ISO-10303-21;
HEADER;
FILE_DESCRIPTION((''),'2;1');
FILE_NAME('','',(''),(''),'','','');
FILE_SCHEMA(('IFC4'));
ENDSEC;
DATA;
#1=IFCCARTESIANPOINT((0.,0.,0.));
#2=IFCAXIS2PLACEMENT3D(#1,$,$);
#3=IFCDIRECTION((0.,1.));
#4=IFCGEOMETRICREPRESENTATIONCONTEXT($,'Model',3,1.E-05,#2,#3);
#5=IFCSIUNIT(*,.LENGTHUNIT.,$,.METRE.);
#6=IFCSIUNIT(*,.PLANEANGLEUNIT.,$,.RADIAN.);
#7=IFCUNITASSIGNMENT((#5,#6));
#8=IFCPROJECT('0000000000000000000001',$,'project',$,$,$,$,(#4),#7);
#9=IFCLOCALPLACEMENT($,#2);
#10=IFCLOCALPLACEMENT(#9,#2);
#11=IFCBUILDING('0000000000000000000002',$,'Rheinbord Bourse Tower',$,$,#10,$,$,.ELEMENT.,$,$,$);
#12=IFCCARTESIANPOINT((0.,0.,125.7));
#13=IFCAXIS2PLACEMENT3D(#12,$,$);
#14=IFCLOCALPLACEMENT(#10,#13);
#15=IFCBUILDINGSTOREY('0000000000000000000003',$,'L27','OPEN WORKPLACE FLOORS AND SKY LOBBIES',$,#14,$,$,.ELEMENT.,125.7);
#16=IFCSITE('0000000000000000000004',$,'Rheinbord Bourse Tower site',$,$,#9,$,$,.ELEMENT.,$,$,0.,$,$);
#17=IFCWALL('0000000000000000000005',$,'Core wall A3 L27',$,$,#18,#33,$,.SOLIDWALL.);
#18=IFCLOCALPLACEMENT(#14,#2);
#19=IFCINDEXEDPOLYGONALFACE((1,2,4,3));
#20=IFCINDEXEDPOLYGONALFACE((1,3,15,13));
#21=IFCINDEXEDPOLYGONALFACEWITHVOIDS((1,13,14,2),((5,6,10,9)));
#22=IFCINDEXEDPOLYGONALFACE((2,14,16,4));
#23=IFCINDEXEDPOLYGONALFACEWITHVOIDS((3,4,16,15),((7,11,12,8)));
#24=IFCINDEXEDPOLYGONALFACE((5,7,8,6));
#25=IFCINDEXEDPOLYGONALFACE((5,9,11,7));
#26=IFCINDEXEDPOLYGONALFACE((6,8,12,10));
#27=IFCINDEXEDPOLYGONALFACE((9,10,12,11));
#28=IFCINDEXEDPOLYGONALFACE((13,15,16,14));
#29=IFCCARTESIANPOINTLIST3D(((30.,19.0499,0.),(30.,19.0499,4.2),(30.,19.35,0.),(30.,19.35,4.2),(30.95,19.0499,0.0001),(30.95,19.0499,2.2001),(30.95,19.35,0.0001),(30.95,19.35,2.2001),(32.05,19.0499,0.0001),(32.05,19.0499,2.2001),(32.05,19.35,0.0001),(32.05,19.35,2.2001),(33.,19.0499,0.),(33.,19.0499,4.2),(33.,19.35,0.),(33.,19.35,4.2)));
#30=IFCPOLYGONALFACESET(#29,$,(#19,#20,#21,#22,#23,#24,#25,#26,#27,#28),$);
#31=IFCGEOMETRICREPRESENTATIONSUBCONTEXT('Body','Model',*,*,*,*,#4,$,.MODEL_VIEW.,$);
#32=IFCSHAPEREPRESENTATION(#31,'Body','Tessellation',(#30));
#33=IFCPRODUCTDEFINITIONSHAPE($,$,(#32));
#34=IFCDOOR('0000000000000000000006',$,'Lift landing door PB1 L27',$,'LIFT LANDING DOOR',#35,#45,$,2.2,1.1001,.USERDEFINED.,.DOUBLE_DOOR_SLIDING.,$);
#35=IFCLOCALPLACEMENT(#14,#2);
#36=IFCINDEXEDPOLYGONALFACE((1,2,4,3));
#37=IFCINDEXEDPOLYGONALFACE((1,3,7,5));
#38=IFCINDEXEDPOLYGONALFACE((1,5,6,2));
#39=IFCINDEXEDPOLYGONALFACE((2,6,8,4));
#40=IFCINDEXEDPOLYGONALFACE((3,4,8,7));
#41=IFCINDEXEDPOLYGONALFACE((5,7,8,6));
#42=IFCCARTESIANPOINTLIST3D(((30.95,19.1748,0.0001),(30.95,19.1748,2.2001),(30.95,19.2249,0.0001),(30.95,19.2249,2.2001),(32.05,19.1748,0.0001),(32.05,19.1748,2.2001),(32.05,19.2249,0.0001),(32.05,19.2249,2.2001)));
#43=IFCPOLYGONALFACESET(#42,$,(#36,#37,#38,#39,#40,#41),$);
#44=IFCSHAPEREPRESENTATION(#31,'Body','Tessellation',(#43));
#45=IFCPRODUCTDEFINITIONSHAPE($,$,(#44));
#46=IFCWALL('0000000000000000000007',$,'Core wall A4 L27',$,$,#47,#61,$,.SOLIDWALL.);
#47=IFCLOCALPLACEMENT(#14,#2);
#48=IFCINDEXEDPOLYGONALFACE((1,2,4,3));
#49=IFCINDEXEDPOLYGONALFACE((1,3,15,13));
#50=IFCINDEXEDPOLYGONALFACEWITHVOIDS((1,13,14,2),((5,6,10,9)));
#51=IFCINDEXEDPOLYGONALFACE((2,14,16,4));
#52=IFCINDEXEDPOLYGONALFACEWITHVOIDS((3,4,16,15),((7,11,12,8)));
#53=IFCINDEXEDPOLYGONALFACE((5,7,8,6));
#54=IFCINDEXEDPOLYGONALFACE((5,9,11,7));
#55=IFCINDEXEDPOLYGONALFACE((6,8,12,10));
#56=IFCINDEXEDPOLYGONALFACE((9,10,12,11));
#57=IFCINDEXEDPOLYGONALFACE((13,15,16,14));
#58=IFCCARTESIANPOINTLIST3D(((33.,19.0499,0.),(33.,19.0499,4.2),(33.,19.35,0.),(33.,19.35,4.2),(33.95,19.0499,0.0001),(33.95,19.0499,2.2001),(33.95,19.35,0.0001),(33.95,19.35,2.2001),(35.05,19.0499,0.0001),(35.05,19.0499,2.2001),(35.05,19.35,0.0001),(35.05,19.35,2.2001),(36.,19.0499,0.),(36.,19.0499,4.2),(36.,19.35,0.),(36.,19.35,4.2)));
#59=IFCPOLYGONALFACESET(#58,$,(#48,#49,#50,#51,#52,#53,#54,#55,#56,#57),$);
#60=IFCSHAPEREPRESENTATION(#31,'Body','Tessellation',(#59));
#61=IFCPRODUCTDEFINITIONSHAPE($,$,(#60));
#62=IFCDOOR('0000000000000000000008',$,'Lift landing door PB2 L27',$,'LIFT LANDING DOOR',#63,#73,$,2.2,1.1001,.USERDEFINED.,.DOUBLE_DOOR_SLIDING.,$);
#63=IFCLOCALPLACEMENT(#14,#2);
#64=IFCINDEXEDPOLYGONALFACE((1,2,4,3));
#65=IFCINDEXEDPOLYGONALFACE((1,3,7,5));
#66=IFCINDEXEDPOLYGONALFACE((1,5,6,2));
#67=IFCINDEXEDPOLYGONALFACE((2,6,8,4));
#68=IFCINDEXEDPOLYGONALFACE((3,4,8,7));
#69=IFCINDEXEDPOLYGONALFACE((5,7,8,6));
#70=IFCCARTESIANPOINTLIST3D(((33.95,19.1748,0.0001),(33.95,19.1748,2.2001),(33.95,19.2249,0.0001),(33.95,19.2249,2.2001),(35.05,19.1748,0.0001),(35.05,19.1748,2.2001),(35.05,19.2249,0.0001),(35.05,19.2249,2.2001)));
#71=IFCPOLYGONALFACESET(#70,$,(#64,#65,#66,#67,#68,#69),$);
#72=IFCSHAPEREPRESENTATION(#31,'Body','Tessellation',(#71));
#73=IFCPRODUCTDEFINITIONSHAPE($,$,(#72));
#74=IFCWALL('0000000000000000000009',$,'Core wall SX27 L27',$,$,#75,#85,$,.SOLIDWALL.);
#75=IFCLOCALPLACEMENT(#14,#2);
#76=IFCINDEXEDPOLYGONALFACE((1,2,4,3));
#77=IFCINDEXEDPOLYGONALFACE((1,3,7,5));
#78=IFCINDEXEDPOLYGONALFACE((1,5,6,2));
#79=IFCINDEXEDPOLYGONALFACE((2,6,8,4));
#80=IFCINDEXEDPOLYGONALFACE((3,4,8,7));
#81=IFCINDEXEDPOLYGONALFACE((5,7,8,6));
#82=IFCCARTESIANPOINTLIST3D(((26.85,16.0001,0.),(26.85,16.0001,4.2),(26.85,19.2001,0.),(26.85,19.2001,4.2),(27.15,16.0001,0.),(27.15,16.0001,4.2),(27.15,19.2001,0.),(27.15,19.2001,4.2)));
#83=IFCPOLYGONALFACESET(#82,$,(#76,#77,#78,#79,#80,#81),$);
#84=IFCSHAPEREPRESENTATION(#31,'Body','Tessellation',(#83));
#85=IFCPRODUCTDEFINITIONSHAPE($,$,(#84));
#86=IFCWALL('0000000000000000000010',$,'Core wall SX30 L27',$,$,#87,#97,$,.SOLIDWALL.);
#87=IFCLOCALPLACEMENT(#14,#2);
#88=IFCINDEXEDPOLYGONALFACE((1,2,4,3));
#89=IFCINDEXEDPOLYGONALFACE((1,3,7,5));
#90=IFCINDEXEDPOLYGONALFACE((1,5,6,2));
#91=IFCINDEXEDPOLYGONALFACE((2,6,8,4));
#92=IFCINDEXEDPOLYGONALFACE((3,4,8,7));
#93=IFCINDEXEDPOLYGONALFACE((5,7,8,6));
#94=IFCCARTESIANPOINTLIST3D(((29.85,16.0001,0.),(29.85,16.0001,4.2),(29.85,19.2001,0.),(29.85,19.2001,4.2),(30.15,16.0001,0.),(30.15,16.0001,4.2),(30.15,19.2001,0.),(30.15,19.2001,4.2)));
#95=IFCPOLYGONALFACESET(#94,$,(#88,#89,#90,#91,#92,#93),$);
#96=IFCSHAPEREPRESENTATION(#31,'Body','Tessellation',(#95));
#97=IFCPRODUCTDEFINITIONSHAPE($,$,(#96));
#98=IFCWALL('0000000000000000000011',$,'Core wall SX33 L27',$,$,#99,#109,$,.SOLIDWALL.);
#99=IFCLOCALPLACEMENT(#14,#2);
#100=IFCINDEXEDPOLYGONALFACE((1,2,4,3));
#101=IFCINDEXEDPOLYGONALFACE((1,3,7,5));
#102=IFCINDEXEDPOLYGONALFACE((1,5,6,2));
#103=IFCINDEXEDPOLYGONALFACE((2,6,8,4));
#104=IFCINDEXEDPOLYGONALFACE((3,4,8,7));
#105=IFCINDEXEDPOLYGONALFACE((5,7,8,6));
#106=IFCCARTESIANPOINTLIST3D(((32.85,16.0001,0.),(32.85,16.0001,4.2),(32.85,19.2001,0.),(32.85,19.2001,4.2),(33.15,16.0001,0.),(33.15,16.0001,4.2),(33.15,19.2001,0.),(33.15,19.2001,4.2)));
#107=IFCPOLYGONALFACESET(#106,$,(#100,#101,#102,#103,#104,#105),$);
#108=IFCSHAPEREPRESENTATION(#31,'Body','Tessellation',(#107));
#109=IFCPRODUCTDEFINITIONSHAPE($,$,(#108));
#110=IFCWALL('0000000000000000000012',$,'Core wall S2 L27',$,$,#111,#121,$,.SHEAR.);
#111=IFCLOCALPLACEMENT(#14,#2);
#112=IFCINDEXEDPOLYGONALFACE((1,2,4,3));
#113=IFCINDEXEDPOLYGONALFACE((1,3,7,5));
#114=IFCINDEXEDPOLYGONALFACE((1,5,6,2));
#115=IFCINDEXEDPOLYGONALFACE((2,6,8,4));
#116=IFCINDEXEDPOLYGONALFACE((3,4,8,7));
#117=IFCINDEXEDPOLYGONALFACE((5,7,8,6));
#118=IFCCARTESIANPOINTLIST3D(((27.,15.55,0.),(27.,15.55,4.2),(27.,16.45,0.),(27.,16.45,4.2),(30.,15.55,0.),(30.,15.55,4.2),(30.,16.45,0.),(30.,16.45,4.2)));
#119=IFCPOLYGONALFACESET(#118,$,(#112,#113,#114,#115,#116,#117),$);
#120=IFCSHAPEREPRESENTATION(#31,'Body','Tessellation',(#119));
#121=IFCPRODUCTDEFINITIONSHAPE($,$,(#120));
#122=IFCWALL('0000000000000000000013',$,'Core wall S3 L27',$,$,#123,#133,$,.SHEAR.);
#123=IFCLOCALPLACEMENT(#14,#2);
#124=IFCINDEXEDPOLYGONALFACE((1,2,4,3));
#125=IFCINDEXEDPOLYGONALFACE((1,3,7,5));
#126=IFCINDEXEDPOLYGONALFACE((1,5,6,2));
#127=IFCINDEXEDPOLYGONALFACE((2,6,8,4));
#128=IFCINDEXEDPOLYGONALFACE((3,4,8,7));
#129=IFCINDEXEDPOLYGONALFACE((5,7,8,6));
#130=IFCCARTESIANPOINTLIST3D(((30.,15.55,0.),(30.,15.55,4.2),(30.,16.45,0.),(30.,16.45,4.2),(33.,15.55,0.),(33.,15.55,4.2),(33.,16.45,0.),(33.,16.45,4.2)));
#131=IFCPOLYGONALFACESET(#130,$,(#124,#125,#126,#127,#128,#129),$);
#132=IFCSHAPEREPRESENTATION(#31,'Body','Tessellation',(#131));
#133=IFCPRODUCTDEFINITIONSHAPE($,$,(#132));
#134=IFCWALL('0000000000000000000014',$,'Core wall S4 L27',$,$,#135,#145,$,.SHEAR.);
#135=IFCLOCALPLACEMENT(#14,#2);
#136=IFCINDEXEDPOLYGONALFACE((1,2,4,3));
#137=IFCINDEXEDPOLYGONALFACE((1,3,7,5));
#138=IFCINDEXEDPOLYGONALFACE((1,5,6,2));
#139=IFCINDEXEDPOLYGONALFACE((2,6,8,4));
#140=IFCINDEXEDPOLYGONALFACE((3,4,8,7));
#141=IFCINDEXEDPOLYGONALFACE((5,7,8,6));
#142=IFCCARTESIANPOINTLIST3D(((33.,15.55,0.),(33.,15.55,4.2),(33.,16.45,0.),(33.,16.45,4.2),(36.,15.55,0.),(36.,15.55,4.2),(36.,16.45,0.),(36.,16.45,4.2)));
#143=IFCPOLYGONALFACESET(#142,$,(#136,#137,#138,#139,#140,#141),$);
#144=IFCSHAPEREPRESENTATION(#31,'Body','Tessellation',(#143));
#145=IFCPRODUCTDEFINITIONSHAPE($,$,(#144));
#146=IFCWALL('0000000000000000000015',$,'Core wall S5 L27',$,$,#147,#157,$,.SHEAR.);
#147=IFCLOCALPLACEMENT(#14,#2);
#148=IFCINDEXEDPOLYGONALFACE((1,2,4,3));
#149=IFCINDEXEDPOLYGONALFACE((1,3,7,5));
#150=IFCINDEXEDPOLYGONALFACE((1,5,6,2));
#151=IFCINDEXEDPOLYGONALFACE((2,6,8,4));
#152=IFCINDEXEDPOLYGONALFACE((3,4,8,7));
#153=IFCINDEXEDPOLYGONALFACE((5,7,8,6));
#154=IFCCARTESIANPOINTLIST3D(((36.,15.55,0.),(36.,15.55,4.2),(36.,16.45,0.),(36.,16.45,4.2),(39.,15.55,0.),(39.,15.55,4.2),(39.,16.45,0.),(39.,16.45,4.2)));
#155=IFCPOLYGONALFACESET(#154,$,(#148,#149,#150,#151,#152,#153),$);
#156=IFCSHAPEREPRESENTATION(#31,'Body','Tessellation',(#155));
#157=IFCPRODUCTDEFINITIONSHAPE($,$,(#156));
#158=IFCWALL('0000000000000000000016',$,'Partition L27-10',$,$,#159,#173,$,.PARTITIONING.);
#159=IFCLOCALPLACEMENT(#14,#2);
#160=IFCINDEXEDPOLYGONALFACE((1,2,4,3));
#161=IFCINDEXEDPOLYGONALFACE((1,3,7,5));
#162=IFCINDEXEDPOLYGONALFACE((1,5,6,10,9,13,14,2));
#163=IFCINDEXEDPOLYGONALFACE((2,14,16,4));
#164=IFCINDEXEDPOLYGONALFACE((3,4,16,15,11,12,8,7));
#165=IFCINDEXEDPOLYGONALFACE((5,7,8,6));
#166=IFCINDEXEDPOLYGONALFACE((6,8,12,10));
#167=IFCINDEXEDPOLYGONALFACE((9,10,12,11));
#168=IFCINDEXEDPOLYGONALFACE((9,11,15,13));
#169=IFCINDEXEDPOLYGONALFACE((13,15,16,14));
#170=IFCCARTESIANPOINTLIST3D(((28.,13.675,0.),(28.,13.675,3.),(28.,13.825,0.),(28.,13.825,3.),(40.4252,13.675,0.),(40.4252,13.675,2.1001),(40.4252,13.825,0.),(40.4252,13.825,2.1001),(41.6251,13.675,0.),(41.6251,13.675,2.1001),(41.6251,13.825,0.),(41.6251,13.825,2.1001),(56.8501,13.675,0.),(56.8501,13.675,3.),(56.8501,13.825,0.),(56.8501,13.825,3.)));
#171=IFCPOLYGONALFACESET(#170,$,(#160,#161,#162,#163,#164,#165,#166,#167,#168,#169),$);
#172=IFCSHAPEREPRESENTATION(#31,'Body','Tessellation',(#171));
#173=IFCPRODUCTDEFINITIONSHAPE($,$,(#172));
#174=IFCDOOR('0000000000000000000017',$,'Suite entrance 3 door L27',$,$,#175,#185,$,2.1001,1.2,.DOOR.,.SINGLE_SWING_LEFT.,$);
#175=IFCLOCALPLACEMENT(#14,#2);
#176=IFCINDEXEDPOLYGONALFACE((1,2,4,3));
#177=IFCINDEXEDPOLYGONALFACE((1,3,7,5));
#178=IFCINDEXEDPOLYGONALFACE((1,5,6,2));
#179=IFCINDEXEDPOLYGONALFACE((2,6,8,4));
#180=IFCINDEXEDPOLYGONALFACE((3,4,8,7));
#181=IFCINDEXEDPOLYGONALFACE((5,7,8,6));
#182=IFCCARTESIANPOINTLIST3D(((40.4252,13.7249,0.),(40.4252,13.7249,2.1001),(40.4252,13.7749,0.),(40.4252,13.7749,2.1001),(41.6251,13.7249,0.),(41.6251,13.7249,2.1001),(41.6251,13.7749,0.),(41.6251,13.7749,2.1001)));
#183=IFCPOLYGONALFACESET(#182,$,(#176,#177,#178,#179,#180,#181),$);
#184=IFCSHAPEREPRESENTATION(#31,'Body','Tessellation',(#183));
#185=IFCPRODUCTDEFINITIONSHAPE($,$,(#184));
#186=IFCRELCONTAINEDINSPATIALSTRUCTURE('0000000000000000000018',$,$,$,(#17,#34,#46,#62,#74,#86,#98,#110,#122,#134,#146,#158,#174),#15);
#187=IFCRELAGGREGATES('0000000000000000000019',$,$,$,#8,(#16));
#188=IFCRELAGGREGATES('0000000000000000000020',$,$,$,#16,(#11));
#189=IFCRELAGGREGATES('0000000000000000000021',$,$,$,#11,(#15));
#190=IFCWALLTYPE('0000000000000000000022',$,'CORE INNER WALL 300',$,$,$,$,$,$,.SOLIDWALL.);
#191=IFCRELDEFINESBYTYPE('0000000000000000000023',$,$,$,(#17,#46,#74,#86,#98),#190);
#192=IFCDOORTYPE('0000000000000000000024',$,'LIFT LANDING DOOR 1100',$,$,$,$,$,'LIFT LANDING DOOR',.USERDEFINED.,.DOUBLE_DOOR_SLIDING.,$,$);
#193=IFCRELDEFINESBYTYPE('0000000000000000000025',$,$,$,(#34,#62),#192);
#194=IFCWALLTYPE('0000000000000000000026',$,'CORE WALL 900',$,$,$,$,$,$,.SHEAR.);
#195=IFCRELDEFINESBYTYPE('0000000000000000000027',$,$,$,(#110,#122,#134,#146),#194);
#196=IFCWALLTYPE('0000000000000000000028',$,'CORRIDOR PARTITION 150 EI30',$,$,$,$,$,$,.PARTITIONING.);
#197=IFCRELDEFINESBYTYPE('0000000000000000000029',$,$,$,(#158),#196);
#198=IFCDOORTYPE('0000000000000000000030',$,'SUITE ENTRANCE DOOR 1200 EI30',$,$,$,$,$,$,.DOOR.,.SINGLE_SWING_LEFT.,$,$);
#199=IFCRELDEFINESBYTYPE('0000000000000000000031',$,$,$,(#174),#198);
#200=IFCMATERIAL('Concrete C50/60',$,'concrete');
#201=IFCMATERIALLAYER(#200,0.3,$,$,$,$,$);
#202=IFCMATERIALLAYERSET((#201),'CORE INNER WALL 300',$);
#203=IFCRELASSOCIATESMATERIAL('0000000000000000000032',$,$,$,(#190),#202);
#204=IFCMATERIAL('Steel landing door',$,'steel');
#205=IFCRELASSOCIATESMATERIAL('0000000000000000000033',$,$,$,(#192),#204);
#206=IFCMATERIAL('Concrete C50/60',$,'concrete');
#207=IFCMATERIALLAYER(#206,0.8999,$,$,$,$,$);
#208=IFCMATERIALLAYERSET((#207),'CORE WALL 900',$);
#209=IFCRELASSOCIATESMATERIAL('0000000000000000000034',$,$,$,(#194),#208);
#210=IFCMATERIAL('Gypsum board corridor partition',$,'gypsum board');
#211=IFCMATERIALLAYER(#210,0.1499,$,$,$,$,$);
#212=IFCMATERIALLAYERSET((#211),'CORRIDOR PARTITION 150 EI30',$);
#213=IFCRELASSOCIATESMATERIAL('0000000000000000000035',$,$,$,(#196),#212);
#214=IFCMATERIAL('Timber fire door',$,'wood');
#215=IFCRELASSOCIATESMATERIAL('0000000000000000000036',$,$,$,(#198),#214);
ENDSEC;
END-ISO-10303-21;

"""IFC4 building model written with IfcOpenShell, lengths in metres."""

from ifc_helpers import new_model, si_unit, direction, frame, frame_2d, origin, place, context, subcontext, project, spatial, rectangle, extrude, material, layer, layer_set, type_object, element, fill, save


model = new_model("IFC4")

# Units and contexts
model_context = context("Model", 3, precision=1e-05, world=origin(), true_north=direction((0.0, 1.0)))
body_context = subcontext(model_context, "Body", "Model", "MODEL_VIEW")
ifc_project = project(units=[si_unit("LENGTHUNIT", "METRE"), si_unit("PLANEANGLEUNIT", "RADIAN")], contexts=[model_context])

# Site, building, storey
site_placement = place(None, origin())
site = spatial("IfcSite", under=ifc_project, at=site_placement, Name="Rheinbord Bourse Tower site", CompositionType="ELEMENT", RefElevation=0.0)
building_placement = place(site_placement, origin())
building = spatial("IfcBuilding", under=site, at=building_placement, Name="Rheinbord Bourse Tower", CompositionType="ELEMENT")
storey_placement = place(building_placement, frame((0.0, 0.0, 125.7)))
storey = spatial("IfcBuildingStorey", under=building, at=storey_placement, Name="L27", Description="OPEN WORKPLACE FLOORS AND SKY LOBBIES", CompositionType="ELEMENT", Elevation=125.7)

# Walls, openings, doors
ifc_material_1 = material(Name="Concrete C50/60", Category="concrete")
ifc_layer_1 = layer(ifc_material_1, 0.3)
ifc_layer_set_1 = layer_set([ifc_layer_1], Name="CORE INNER WALL 300")
wall_type_1 = type_object("IfcWallType", Name="CORE INNER WALL 300", PredefinedType="SOLIDWALL", material=ifc_layer_set_1)
ifc_material_2 = material(Name="Steel landing door", Category="steel")
door_type_1 = type_object("IfcDoorType", Name="LIFT LANDING DOOR 1100", ElementType="LIFT LANDING DOOR", OperationType="DOUBLE_DOOR_SLIDING", PredefinedType="USERDEFINED", material=ifc_material_2)
wall_1_placement = place(storey_placement, frame((30.0, 19.2, 0.0), z_axis=(0.0, 0.0, 1.0), x_axis=(1.0, 0.0, 0.0)))
wall_1 = element("IfcWall", 1, at=wall_1_placement, inside=storey, type_object=wall_type_1, Name="Core wall A3 L27", PredefinedType="SOLIDWALL", context=body_context, shape_type="SweptSolid", body=[
    extrude(rectangle(XDim=3.0, YDim=0.3, at=frame_2d((1.5, 0.0))), origin(), (0.0, 0.0, 1.0), 4.2),
])
opening_1_placement = place(wall_1_placement, frame((0.95, 0.0, 0.0)))
opening_1 = element("IfcOpeningElement", 2, at=opening_1_placement, cuts=wall_1, PredefinedType="OPENING", context=body_context, shape_type="SweptSolid", body=[
    extrude(rectangle(XDim=1.1001, YDim=2.2, at=frame_2d((0.55, 1.1001))), frame((0.0, 0.1599, 0.0), z_axis=(0.0, -1.0, 0.0), x_axis=(1.0, 0.0, 0.0)), (0.0, 0.0, 1.0), 0.3201),
])
door_1_placement = place(opening_1_placement, origin())
door_1 = element("IfcDoor", 3, at=door_1_placement, inside=storey, type_object=door_type_1, Name="Lift landing door PB1 L27", ObjectType="LIFT LANDING DOOR", OperationType="DOUBLE_DOOR_SLIDING", OverallHeight=2.2, OverallWidth=1.1001, PredefinedType="USERDEFINED", context=body_context, shape_type="SweptSolid", body=[
    extrude(rectangle(XDim=1.1001, YDim=2.2, at=frame_2d((0.55, 1.1001))), frame((0.0, 0.0249, 0.0), z_axis=(0.0, -1.0, 0.0), x_axis=(1.0, 0.0, 0.0)), (0.0, 0.0, 1.0), 0.05),
])
fill(opening_1, door_1)
wall_2_placement = place(storey_placement, frame((33.0, 19.2, 0.0), z_axis=(0.0, 0.0, 1.0), x_axis=(1.0, 0.0, 0.0)))
wall_2 = element("IfcWall", 4, at=wall_2_placement, inside=storey, type_object=wall_type_1, Name="Core wall A4 L27", PredefinedType="SOLIDWALL", context=body_context, shape_type="SweptSolid", body=[
    extrude(rectangle(XDim=3.0, YDim=0.3, at=frame_2d((1.5, 0.0))), origin(), (0.0, 0.0, 1.0), 4.2),
])
opening_2_placement = place(wall_2_placement, frame((0.95, 0.0, 0.0)))
opening_2 = element("IfcOpeningElement", 5, at=opening_2_placement, cuts=wall_2, PredefinedType="OPENING", context=body_context, shape_type="SweptSolid", body=[
    extrude(rectangle(XDim=1.1001, YDim=2.2, at=frame_2d((0.55, 1.1001))), frame((0.0, 0.1599, 0.0), z_axis=(0.0, -1.0, 0.0), x_axis=(1.0, 0.0, 0.0)), (0.0, 0.0, 1.0), 0.3201),
])
door_2_placement = place(opening_2_placement, origin())
door_2 = element("IfcDoor", 6, at=door_2_placement, inside=storey, type_object=door_type_1, Name="Lift landing door PB2 L27", ObjectType="LIFT LANDING DOOR", OperationType="DOUBLE_DOOR_SLIDING", OverallHeight=2.2, OverallWidth=1.1001, PredefinedType="USERDEFINED", context=body_context, shape_type="SweptSolid", body=[
    extrude(rectangle(XDim=1.1001, YDim=2.2, at=frame_2d((0.55, 1.1001))), frame((0.0, 0.0249, 0.0), z_axis=(0.0, -1.0, 0.0), x_axis=(1.0, 0.0, 0.0)), (0.0, 0.0, 1.0), 0.05),
])
fill(opening_2, door_2)

# Walls
for number, where, z_axis, x_axis, name in (
    (7, (27.0, 16.0, 0.0), (0.0, 0.0, 1.0), (0.0, 1.0, 0.0), "Core wall SX27 L27"),
    (8, (30.0, 16.0, 0.0), (0.0, 0.0, 1.0), (0.0, 1.0, 0.0), "Core wall SX30 L27"),
    (9, (33.0, 16.0, 0.0), (0.0, 0.0, 1.0), (0.0, 1.0, 0.0), "Core wall SX33 L27"),
):
    element("IfcWall", number, at=place(storey_placement, frame(where, z_axis=z_axis, x_axis=x_axis)), inside=storey, type_object=wall_type_1, Name=name, PredefinedType="SOLIDWALL", context=body_context, shape_type="SweptSolid", body=[
        extrude(rectangle(XDim=3.2, YDim=0.3, at=frame_2d((1.6001, 0.0))), origin(), (0.0, 0.0, 1.0), 4.2),
    ])
ifc_material_3 = material(Name="Concrete C50/60", Category="concrete")
ifc_layer_2 = layer(ifc_material_3, 0.8999)
ifc_layer_set_2 = layer_set([ifc_layer_2], Name="CORE WALL 900")
wall_type_2 = type_object("IfcWallType", Name="CORE WALL 900", PredefinedType="SHEAR", material=ifc_layer_set_2)
for number, where, z_axis, x_axis, name in (
    (10, (27.0, 16.0, 0.0), (0.0, 0.0, 1.0), (1.0, 0.0, 0.0), "Core wall S2 L27"),
    (11, (30.0, 16.0, 0.0), (0.0, 0.0, 1.0), (1.0, 0.0, 0.0), "Core wall S3 L27"),
    (12, (33.0, 16.0, 0.0), (0.0, 0.0, 1.0), (1.0, 0.0, 0.0), "Core wall S4 L27"),
    (13, (36.0, 16.0, 0.0), (0.0, 0.0, 1.0), (1.0, 0.0, 0.0), "Core wall S5 L27"),
):
    element("IfcWall", number, at=place(storey_placement, frame(where, z_axis=z_axis, x_axis=x_axis)), inside=storey, type_object=wall_type_2, Name=name, PredefinedType="SHEAR", context=body_context, shape_type="SweptSolid", body=[
        extrude(rectangle(XDim=3.0, YDim=0.8999, at=frame_2d((1.5, 0.0))), origin(), (0.0, 0.0, 1.0), 4.2),
    ])

# Wall, opening, door
ifc_material_4 = material(Name="Gypsum board corridor partition", Category="gypsum board")
ifc_layer_3 = layer(ifc_material_4, 0.1499)
ifc_layer_set_3 = layer_set([ifc_layer_3], Name="CORRIDOR PARTITION 150 EI30")
wall_type_3 = type_object("IfcWallType", Name="CORRIDOR PARTITION 150 EI30", PredefinedType="PARTITIONING", material=ifc_layer_set_3)
wall_3_placement = place(storey_placement, frame((28.0, 13.75, 0.0), z_axis=(0.0, 0.0, 1.0), x_axis=(1.0, 0.0, 0.0)))
wall_3 = element("IfcWall", 14, at=wall_3_placement, inside=storey, type_object=wall_type_3, Name="Partition L27-10", PredefinedType="PARTITIONING", context=body_context, shape_type="SweptSolid", body=[
    extrude(rectangle(XDim=28.8501, YDim=0.1499, at=frame_2d((14.425, 0.0))), origin(), (0.0, 0.0, 1.0), 3.0),
])
opening_3_placement = place(wall_3_placement, frame((12.425, 0.0, 0.0)))
opening_3 = element("IfcOpeningElement", 15, at=opening_3_placement, cuts=wall_3, PredefinedType="OPENING", context=body_context, shape_type="SweptSolid", body=[
    extrude(rectangle(XDim=1.2, YDim=2.1001, at=frame_2d((0.6001, 1.05))), frame((0.0, 0.085, 0.0), z_axis=(0.0, -1.0, 0.0), x_axis=(1.0, 0.0, 0.0)), (0.0, 0.0, 1.0), 0.1699),
])
ifc_material_5 = material(Name="Timber fire door", Category="wood")
door_type_2 = type_object("IfcDoorType", Name="SUITE ENTRANCE DOOR 1200 EI30", OperationType="SINGLE_SWING_LEFT", PredefinedType="DOOR", material=ifc_material_5)
door_3_placement = place(opening_3_placement, origin())
door_3 = element("IfcDoor", 16, at=door_3_placement, inside=storey, type_object=door_type_2, Name="Suite entrance 3 door L27", OperationType="SINGLE_SWING_LEFT", OverallHeight=2.1001, OverallWidth=1.2, PredefinedType="DOOR", context=body_context, shape_type="SweptSolid", body=[
    extrude(rectangle(XDim=1.2, YDim=2.1001, at=frame_2d((0.6001, 1.05))), frame((0.0, 0.0249, 0.0), z_axis=(0.0, -1.0, 0.0), x_axis=(1.0, 0.0, 0.0)), (0.0, 0.0, 1.0), 0.05),
])
fill(opening_3, door_3)

save(model, "model.ifc")
